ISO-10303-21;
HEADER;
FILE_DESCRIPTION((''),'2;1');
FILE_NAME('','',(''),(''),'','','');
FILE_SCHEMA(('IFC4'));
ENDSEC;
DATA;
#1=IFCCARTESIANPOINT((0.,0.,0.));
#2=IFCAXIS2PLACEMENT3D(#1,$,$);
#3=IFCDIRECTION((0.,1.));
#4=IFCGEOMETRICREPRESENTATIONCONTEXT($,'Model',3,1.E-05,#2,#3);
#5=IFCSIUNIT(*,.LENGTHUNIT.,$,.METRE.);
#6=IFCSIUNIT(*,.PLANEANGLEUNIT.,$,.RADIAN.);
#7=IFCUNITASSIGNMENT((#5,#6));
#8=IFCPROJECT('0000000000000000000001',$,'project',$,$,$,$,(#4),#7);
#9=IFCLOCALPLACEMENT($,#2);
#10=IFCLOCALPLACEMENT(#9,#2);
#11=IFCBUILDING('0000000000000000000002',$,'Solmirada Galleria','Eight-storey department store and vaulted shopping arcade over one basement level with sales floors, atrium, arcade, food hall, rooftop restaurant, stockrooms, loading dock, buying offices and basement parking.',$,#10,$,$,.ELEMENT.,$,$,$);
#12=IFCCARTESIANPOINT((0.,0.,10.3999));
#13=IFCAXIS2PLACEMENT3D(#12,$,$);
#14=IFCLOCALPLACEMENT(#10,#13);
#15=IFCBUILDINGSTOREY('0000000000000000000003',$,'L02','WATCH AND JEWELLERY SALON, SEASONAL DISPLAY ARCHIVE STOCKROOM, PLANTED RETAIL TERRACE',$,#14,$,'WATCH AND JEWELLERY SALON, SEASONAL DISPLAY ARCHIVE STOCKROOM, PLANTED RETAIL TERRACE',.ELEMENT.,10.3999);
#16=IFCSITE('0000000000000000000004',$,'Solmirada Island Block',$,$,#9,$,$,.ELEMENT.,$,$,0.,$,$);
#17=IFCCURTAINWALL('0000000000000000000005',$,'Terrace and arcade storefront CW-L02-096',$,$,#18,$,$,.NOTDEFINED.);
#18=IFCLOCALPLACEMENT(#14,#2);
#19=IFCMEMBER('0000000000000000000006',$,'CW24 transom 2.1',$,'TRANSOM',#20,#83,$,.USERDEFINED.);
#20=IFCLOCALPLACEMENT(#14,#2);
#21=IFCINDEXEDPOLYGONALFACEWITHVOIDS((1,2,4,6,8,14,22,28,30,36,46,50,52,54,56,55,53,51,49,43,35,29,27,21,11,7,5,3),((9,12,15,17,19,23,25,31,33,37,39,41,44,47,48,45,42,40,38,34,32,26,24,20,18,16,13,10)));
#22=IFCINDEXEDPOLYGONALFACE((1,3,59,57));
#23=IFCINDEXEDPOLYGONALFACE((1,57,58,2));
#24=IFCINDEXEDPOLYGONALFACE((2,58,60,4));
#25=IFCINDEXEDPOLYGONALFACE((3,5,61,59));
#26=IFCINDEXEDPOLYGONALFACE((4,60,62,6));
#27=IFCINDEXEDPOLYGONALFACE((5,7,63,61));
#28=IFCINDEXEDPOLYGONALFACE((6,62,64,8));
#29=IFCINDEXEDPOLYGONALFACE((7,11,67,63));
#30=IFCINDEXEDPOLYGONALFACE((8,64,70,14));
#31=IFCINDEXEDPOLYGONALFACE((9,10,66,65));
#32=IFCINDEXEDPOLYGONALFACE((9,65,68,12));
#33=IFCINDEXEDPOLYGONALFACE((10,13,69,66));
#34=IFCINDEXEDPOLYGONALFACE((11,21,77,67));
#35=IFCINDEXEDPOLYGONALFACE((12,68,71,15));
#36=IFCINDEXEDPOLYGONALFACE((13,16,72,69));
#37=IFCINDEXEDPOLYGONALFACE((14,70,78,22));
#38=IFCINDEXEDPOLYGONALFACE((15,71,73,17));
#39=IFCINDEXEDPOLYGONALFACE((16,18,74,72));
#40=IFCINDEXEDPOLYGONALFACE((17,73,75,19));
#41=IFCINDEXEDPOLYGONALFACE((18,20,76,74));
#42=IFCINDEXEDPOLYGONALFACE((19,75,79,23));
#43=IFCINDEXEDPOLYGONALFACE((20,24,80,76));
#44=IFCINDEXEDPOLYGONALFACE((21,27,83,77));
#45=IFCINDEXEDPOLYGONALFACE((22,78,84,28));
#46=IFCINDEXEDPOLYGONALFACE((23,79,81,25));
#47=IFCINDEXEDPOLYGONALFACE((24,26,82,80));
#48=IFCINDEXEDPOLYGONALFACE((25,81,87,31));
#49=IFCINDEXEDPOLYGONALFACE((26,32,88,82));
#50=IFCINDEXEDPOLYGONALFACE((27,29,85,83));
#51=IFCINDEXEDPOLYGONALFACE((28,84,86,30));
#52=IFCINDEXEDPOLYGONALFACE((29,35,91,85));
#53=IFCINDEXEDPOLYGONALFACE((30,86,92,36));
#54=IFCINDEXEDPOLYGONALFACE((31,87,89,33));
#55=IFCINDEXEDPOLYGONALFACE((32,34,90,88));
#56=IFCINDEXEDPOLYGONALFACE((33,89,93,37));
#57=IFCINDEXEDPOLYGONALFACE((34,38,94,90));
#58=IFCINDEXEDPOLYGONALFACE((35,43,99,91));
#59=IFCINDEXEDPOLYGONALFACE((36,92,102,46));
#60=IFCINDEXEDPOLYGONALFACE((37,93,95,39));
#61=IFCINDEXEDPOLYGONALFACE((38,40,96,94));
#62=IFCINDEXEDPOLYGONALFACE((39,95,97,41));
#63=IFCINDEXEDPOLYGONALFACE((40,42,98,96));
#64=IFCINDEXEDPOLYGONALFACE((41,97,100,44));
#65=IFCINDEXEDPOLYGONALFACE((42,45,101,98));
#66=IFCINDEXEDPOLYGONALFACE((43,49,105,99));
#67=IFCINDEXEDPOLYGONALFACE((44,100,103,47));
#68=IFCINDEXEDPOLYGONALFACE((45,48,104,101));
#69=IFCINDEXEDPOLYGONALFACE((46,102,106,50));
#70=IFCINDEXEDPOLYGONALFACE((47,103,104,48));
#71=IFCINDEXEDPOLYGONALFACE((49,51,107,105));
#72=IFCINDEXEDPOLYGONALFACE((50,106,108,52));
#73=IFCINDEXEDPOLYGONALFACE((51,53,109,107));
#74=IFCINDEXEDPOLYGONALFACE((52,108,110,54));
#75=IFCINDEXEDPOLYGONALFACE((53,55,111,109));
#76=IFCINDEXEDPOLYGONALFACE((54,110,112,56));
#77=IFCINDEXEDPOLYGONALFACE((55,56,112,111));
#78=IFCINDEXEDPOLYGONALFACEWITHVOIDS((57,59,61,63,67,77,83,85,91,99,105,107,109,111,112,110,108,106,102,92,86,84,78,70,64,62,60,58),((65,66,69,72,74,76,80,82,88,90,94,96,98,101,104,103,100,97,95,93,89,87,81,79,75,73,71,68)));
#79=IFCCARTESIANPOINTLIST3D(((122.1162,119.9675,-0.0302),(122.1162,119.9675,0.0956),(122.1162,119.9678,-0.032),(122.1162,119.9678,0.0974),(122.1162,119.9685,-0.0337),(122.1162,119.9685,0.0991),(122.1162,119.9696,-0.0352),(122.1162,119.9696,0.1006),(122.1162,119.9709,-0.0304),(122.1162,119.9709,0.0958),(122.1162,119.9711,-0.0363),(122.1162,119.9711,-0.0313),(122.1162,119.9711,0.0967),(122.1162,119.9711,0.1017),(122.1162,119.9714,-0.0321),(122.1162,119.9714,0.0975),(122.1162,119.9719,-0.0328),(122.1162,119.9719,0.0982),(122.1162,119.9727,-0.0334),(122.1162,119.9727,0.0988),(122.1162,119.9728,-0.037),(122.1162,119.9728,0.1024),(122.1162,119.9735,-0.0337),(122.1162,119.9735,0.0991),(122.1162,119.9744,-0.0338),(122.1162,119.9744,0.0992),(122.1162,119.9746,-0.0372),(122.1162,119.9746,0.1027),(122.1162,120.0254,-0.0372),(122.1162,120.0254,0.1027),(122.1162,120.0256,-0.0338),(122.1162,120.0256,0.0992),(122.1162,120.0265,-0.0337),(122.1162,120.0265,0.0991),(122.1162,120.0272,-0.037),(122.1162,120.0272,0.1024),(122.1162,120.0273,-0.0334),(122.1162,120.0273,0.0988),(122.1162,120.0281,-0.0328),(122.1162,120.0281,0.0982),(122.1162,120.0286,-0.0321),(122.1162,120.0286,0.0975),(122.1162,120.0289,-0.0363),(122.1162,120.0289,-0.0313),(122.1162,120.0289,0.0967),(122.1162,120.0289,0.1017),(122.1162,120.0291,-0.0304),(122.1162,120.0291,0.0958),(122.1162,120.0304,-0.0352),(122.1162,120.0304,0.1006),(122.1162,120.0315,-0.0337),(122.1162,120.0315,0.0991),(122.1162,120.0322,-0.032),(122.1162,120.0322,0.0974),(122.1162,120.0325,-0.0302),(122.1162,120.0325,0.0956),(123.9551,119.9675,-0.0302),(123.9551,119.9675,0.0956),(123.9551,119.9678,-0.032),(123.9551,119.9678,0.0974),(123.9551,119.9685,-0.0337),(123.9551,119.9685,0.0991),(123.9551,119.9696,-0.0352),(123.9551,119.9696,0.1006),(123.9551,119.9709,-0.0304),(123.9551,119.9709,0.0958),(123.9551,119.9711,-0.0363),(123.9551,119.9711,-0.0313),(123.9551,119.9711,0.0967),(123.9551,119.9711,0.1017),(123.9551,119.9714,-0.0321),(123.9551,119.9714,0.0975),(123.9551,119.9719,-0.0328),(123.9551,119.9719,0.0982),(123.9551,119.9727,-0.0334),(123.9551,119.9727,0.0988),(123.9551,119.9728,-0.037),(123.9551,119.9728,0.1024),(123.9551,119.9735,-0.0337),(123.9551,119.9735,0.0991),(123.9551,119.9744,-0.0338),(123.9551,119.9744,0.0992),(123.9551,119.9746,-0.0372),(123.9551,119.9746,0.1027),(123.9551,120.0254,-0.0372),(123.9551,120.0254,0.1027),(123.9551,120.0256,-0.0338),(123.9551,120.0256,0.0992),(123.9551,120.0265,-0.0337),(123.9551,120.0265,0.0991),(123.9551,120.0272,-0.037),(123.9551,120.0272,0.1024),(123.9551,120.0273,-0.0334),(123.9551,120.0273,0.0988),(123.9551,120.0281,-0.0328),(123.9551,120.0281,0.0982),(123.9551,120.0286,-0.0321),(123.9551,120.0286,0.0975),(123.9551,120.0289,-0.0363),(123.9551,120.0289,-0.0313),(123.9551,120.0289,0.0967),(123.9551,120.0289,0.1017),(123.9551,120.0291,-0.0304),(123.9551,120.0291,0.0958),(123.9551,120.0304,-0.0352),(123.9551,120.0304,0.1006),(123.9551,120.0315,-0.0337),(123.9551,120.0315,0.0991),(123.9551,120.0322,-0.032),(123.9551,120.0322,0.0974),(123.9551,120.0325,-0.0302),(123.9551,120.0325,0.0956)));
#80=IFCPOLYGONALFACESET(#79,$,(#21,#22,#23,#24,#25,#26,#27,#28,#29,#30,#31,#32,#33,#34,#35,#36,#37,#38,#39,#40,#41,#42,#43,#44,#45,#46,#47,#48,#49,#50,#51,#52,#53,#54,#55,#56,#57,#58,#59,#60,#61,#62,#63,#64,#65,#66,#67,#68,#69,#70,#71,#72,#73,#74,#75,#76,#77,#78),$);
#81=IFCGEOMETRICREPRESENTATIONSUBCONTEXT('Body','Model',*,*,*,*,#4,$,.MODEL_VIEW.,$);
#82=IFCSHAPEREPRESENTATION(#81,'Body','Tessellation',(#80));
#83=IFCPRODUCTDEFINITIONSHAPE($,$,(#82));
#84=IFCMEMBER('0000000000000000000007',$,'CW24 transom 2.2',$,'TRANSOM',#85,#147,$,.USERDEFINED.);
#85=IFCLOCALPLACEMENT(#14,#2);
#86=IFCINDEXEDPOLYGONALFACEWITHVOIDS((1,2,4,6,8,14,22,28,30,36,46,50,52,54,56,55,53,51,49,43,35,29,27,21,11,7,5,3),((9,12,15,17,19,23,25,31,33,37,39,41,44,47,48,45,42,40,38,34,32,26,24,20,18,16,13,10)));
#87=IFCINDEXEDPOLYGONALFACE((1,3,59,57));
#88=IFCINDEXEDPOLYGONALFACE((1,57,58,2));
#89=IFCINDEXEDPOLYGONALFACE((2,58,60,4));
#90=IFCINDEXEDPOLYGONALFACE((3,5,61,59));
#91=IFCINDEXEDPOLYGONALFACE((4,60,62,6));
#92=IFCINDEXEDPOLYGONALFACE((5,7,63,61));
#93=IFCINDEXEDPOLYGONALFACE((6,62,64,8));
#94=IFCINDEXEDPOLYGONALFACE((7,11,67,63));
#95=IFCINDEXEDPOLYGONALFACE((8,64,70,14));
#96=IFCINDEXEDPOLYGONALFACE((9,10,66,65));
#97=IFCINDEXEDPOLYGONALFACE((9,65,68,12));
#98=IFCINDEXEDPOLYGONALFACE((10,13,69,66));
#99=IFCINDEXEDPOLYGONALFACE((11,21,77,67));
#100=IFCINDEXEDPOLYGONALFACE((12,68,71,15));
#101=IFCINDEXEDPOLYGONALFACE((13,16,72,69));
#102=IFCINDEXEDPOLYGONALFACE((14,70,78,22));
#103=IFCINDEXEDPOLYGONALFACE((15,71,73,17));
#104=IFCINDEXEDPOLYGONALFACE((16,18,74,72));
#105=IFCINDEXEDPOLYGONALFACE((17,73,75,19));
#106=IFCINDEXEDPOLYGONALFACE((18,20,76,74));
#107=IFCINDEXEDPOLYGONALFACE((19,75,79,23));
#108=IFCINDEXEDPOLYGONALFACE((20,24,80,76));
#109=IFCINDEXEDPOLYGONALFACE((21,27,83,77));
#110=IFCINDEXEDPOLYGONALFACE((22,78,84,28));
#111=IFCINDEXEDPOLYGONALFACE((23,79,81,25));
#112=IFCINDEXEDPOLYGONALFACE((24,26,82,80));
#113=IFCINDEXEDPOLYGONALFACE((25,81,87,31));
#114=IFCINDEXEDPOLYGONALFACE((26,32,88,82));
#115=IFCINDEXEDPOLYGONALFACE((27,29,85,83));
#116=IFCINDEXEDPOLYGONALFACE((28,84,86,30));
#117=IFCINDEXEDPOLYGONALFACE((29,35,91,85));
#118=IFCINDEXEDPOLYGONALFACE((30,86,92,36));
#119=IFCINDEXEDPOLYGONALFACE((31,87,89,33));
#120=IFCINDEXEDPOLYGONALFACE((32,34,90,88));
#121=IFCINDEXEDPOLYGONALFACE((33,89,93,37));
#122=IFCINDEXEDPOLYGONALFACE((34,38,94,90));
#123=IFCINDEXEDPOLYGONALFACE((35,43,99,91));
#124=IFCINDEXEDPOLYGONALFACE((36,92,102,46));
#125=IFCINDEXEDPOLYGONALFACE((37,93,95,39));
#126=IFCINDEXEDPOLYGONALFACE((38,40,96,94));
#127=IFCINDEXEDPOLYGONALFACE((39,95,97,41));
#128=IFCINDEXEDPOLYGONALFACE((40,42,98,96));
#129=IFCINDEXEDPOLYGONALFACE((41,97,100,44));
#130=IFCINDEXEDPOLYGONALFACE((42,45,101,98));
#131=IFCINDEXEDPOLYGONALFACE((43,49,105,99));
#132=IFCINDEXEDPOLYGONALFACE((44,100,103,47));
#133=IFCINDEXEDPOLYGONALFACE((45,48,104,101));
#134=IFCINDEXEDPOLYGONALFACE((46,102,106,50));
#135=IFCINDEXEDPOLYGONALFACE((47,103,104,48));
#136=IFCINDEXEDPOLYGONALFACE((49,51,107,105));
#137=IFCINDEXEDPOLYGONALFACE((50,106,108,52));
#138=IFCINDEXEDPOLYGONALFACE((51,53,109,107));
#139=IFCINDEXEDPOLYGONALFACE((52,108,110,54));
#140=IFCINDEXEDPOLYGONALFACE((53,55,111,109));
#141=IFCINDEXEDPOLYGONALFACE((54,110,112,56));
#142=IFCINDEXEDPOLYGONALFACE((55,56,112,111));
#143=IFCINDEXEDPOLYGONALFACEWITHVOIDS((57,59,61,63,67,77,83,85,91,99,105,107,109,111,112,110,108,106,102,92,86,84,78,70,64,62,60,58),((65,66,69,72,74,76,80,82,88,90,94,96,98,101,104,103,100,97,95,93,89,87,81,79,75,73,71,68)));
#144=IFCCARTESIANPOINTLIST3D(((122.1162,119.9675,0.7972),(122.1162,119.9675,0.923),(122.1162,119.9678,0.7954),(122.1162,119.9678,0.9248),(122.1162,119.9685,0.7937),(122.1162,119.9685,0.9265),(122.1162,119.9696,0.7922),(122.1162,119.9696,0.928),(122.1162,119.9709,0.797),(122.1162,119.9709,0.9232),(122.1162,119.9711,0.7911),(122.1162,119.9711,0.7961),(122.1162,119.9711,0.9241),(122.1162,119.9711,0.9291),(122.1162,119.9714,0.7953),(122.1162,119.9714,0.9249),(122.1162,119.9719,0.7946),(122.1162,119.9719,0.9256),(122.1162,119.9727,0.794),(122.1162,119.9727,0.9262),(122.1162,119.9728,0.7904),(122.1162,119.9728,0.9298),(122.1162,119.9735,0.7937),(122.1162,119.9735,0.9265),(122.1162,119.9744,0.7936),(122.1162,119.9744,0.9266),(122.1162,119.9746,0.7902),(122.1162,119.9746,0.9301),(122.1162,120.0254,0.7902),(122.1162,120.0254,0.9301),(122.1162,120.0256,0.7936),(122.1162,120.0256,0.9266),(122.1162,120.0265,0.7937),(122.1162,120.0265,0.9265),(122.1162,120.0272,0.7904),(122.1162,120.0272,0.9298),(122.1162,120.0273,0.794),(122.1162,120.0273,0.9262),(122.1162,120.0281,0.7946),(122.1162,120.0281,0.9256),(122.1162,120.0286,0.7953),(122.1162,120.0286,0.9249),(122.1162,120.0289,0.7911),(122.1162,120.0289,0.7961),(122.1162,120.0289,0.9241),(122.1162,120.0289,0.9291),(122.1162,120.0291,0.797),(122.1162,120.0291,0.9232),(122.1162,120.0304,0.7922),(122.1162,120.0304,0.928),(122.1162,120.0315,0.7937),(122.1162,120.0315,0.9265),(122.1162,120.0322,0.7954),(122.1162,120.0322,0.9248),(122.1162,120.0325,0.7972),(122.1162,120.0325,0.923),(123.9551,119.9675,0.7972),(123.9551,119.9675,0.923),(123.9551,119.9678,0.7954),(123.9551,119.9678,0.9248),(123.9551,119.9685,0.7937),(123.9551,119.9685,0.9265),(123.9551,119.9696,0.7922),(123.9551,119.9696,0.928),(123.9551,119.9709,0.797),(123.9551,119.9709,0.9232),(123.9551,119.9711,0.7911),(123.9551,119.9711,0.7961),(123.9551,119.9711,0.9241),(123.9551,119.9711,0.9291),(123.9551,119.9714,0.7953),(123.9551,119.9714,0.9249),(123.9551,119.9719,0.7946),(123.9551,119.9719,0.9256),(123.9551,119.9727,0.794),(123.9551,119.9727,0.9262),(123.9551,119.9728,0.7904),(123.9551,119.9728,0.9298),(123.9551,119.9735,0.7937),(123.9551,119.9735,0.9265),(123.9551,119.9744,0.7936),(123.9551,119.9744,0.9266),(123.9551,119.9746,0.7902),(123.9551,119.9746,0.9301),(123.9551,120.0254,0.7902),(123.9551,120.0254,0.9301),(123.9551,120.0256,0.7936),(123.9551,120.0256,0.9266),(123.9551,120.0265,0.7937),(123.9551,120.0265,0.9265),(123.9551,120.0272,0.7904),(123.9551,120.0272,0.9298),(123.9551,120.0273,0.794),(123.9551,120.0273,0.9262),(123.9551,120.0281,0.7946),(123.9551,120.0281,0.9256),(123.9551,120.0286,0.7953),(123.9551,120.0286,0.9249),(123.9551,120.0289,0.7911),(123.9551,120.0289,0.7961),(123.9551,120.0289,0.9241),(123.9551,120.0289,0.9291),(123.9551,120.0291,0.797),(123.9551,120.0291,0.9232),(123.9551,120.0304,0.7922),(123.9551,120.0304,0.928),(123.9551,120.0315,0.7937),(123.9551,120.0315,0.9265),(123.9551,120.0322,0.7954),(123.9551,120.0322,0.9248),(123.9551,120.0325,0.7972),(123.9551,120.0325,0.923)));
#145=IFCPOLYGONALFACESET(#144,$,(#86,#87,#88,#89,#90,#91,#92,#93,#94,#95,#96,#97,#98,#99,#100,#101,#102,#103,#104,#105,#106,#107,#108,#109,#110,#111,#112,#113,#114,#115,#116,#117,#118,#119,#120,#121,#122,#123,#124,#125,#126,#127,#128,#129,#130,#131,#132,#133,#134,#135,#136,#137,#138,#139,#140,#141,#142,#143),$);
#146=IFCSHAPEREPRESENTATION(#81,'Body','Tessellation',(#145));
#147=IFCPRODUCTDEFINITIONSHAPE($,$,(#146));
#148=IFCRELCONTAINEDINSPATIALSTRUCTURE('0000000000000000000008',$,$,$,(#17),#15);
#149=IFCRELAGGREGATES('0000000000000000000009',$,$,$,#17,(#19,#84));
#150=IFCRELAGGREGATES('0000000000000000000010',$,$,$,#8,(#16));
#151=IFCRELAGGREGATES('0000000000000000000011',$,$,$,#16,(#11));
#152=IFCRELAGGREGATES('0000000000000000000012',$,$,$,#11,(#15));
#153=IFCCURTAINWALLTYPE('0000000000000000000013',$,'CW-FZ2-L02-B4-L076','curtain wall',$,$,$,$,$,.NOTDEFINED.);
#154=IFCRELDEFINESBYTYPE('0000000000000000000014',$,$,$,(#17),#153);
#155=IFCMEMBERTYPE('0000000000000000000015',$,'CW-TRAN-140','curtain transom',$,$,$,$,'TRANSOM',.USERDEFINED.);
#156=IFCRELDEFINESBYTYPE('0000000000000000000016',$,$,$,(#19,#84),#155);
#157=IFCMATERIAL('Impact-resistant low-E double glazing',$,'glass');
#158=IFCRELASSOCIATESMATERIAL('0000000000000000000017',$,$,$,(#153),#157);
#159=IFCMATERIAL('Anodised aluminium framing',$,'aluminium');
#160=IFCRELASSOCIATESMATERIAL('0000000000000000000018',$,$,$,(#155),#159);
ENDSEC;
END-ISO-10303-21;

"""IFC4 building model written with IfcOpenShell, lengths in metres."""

from ifc_helpers import new_model, si_unit, direction, frame, origin, origin_2d, place, context, subcontext, project, spatial, hollow_rectangle, extrude, material, material_profile, profile_set, type_object, element, aggregate, save


model = new_model("IFC4")

# Units and contexts
model_context = context("Model", 3, precision=1e-05, world=origin(), true_north=direction((0.0, 1.0)))
body_context = subcontext(model_context, "Body", "Model", "MODEL_VIEW")
ifc_project = project(units=[si_unit("LENGTHUNIT", "METRE"), si_unit("PLANEANGLEUNIT", "RADIAN")], contexts=[model_context])

# Site, building, storey
site_placement = place(None, origin())
site = spatial("IfcSite", under=ifc_project, at=site_placement, Name="Solmirada Island Block", CompositionType="ELEMENT", RefElevation=0.0)
building_placement = place(site_placement, origin())
building = spatial("IfcBuilding", under=site, at=building_placement, Name="Solmirada Galleria", Description="Eight-storey department store and vaulted shopping arcade over one basement level with sales floors, atrium, arcade, food hall, rooftop restaurant, stockrooms, loading dock, buying offices and basement parking.", CompositionType="ELEMENT")
storey_placement = place(building_placement, frame((0.0, 0.0, 10.3999)))
storey = spatial("IfcBuildingStorey", under=building, at=storey_placement, Name="L02", Description="WATCH AND JEWELLERY SALON, SEASONAL DISPLAY ARCHIVE STOCKROOM, PLANTED RETAIL TERRACE", LongName="WATCH AND JEWELLERY SALON, SEASONAL DISPLAY ARCHIVE STOCKROOM, PLANTED RETAIL TERRACE", CompositionType="ELEMENT", Elevation=10.3999)

# Shared definitions
ifc_material_1 = material(Name="Impact-resistant low-E double glazing", Category="glass")
ifc_material_2 = material(Name="Anodised aluminium framing", Category="aluminium")

# Curtain wall, members
curtain_wall_type_1 = type_object("IfcCurtainWallType", Name="CW-FZ2-L02-B4-L076", Description="curtain wall", PredefinedType="NOTDEFINED", material=ifc_material_1)
curtain_wall_1_placement = place(storey_placement, origin())
curtain_wall_1 = element("IfcCurtainWall", 1, at=curtain_wall_1_placement, inside=storey, type_object=curtain_wall_type_1, Name="Terrace and arcade storefront CW-L02-096", PredefinedType="NOTDEFINED")
ifc_material_profile_1 = material_profile(ifc_material_2, hollow_rectangle(XDim=0.0649, YDim=0.1399, WallThickness=0.0034, InnerFilletRadius=0.0034, OuterFilletRadius=0.0071, at=origin_2d()), Name="ALU-TRAN-140X65")
ifc_profile_set_1 = profile_set([ifc_material_profile_1], Name="Anodised aluminium framing")
member_type_1 = type_object("IfcMemberType", Name="CW-TRAN-140", Description="curtain transom", ElementType="TRANSOM", PredefinedType="USERDEFINED", material=ifc_profile_set_1)
member_1_placement = place(storey_placement, frame((122.1162, 120.0, 0.0327), z_axis=(1.0, 0.0, 0.0), x_axis=(0.0, 1.0, 0.0)))
member_1 = element("IfcMember", 2, at=member_1_placement, type_object=member_type_1, Name="CW24 transom 2.1", ObjectType="TRANSOM", PredefinedType="USERDEFINED", context=body_context, shape_type="SweptSolid", body=[
    extrude(hollow_rectangle(XDim=0.0649, YDim=0.1399, WallThickness=0.0034, InnerFilletRadius=0.0034, OuterFilletRadius=0.0071, at=origin_2d()), origin(), (0.0, 0.0, 1.0), 1.8389),
])
member_2_placement = place(storey_placement, frame((122.1162, 120.0, 0.8601), z_axis=(1.0, 0.0, 0.0), x_axis=(0.0, 1.0, 0.0)))
member_2 = element("IfcMember", 3, at=member_2_placement, type_object=member_type_1, Name="CW24 transom 2.2", ObjectType="TRANSOM", PredefinedType="USERDEFINED", context=body_context, shape_type="SweptSolid", body=[
    extrude(hollow_rectangle(XDim=0.0649, YDim=0.1399, WallThickness=0.0034, InnerFilletRadius=0.0034, OuterFilletRadius=0.0071, at=origin_2d()), origin(), (0.0, 0.0, 1.0), 1.8389),
])
aggregate(curtain_wall_1, [member_1, member_2])

save(model, "model.ifc")
